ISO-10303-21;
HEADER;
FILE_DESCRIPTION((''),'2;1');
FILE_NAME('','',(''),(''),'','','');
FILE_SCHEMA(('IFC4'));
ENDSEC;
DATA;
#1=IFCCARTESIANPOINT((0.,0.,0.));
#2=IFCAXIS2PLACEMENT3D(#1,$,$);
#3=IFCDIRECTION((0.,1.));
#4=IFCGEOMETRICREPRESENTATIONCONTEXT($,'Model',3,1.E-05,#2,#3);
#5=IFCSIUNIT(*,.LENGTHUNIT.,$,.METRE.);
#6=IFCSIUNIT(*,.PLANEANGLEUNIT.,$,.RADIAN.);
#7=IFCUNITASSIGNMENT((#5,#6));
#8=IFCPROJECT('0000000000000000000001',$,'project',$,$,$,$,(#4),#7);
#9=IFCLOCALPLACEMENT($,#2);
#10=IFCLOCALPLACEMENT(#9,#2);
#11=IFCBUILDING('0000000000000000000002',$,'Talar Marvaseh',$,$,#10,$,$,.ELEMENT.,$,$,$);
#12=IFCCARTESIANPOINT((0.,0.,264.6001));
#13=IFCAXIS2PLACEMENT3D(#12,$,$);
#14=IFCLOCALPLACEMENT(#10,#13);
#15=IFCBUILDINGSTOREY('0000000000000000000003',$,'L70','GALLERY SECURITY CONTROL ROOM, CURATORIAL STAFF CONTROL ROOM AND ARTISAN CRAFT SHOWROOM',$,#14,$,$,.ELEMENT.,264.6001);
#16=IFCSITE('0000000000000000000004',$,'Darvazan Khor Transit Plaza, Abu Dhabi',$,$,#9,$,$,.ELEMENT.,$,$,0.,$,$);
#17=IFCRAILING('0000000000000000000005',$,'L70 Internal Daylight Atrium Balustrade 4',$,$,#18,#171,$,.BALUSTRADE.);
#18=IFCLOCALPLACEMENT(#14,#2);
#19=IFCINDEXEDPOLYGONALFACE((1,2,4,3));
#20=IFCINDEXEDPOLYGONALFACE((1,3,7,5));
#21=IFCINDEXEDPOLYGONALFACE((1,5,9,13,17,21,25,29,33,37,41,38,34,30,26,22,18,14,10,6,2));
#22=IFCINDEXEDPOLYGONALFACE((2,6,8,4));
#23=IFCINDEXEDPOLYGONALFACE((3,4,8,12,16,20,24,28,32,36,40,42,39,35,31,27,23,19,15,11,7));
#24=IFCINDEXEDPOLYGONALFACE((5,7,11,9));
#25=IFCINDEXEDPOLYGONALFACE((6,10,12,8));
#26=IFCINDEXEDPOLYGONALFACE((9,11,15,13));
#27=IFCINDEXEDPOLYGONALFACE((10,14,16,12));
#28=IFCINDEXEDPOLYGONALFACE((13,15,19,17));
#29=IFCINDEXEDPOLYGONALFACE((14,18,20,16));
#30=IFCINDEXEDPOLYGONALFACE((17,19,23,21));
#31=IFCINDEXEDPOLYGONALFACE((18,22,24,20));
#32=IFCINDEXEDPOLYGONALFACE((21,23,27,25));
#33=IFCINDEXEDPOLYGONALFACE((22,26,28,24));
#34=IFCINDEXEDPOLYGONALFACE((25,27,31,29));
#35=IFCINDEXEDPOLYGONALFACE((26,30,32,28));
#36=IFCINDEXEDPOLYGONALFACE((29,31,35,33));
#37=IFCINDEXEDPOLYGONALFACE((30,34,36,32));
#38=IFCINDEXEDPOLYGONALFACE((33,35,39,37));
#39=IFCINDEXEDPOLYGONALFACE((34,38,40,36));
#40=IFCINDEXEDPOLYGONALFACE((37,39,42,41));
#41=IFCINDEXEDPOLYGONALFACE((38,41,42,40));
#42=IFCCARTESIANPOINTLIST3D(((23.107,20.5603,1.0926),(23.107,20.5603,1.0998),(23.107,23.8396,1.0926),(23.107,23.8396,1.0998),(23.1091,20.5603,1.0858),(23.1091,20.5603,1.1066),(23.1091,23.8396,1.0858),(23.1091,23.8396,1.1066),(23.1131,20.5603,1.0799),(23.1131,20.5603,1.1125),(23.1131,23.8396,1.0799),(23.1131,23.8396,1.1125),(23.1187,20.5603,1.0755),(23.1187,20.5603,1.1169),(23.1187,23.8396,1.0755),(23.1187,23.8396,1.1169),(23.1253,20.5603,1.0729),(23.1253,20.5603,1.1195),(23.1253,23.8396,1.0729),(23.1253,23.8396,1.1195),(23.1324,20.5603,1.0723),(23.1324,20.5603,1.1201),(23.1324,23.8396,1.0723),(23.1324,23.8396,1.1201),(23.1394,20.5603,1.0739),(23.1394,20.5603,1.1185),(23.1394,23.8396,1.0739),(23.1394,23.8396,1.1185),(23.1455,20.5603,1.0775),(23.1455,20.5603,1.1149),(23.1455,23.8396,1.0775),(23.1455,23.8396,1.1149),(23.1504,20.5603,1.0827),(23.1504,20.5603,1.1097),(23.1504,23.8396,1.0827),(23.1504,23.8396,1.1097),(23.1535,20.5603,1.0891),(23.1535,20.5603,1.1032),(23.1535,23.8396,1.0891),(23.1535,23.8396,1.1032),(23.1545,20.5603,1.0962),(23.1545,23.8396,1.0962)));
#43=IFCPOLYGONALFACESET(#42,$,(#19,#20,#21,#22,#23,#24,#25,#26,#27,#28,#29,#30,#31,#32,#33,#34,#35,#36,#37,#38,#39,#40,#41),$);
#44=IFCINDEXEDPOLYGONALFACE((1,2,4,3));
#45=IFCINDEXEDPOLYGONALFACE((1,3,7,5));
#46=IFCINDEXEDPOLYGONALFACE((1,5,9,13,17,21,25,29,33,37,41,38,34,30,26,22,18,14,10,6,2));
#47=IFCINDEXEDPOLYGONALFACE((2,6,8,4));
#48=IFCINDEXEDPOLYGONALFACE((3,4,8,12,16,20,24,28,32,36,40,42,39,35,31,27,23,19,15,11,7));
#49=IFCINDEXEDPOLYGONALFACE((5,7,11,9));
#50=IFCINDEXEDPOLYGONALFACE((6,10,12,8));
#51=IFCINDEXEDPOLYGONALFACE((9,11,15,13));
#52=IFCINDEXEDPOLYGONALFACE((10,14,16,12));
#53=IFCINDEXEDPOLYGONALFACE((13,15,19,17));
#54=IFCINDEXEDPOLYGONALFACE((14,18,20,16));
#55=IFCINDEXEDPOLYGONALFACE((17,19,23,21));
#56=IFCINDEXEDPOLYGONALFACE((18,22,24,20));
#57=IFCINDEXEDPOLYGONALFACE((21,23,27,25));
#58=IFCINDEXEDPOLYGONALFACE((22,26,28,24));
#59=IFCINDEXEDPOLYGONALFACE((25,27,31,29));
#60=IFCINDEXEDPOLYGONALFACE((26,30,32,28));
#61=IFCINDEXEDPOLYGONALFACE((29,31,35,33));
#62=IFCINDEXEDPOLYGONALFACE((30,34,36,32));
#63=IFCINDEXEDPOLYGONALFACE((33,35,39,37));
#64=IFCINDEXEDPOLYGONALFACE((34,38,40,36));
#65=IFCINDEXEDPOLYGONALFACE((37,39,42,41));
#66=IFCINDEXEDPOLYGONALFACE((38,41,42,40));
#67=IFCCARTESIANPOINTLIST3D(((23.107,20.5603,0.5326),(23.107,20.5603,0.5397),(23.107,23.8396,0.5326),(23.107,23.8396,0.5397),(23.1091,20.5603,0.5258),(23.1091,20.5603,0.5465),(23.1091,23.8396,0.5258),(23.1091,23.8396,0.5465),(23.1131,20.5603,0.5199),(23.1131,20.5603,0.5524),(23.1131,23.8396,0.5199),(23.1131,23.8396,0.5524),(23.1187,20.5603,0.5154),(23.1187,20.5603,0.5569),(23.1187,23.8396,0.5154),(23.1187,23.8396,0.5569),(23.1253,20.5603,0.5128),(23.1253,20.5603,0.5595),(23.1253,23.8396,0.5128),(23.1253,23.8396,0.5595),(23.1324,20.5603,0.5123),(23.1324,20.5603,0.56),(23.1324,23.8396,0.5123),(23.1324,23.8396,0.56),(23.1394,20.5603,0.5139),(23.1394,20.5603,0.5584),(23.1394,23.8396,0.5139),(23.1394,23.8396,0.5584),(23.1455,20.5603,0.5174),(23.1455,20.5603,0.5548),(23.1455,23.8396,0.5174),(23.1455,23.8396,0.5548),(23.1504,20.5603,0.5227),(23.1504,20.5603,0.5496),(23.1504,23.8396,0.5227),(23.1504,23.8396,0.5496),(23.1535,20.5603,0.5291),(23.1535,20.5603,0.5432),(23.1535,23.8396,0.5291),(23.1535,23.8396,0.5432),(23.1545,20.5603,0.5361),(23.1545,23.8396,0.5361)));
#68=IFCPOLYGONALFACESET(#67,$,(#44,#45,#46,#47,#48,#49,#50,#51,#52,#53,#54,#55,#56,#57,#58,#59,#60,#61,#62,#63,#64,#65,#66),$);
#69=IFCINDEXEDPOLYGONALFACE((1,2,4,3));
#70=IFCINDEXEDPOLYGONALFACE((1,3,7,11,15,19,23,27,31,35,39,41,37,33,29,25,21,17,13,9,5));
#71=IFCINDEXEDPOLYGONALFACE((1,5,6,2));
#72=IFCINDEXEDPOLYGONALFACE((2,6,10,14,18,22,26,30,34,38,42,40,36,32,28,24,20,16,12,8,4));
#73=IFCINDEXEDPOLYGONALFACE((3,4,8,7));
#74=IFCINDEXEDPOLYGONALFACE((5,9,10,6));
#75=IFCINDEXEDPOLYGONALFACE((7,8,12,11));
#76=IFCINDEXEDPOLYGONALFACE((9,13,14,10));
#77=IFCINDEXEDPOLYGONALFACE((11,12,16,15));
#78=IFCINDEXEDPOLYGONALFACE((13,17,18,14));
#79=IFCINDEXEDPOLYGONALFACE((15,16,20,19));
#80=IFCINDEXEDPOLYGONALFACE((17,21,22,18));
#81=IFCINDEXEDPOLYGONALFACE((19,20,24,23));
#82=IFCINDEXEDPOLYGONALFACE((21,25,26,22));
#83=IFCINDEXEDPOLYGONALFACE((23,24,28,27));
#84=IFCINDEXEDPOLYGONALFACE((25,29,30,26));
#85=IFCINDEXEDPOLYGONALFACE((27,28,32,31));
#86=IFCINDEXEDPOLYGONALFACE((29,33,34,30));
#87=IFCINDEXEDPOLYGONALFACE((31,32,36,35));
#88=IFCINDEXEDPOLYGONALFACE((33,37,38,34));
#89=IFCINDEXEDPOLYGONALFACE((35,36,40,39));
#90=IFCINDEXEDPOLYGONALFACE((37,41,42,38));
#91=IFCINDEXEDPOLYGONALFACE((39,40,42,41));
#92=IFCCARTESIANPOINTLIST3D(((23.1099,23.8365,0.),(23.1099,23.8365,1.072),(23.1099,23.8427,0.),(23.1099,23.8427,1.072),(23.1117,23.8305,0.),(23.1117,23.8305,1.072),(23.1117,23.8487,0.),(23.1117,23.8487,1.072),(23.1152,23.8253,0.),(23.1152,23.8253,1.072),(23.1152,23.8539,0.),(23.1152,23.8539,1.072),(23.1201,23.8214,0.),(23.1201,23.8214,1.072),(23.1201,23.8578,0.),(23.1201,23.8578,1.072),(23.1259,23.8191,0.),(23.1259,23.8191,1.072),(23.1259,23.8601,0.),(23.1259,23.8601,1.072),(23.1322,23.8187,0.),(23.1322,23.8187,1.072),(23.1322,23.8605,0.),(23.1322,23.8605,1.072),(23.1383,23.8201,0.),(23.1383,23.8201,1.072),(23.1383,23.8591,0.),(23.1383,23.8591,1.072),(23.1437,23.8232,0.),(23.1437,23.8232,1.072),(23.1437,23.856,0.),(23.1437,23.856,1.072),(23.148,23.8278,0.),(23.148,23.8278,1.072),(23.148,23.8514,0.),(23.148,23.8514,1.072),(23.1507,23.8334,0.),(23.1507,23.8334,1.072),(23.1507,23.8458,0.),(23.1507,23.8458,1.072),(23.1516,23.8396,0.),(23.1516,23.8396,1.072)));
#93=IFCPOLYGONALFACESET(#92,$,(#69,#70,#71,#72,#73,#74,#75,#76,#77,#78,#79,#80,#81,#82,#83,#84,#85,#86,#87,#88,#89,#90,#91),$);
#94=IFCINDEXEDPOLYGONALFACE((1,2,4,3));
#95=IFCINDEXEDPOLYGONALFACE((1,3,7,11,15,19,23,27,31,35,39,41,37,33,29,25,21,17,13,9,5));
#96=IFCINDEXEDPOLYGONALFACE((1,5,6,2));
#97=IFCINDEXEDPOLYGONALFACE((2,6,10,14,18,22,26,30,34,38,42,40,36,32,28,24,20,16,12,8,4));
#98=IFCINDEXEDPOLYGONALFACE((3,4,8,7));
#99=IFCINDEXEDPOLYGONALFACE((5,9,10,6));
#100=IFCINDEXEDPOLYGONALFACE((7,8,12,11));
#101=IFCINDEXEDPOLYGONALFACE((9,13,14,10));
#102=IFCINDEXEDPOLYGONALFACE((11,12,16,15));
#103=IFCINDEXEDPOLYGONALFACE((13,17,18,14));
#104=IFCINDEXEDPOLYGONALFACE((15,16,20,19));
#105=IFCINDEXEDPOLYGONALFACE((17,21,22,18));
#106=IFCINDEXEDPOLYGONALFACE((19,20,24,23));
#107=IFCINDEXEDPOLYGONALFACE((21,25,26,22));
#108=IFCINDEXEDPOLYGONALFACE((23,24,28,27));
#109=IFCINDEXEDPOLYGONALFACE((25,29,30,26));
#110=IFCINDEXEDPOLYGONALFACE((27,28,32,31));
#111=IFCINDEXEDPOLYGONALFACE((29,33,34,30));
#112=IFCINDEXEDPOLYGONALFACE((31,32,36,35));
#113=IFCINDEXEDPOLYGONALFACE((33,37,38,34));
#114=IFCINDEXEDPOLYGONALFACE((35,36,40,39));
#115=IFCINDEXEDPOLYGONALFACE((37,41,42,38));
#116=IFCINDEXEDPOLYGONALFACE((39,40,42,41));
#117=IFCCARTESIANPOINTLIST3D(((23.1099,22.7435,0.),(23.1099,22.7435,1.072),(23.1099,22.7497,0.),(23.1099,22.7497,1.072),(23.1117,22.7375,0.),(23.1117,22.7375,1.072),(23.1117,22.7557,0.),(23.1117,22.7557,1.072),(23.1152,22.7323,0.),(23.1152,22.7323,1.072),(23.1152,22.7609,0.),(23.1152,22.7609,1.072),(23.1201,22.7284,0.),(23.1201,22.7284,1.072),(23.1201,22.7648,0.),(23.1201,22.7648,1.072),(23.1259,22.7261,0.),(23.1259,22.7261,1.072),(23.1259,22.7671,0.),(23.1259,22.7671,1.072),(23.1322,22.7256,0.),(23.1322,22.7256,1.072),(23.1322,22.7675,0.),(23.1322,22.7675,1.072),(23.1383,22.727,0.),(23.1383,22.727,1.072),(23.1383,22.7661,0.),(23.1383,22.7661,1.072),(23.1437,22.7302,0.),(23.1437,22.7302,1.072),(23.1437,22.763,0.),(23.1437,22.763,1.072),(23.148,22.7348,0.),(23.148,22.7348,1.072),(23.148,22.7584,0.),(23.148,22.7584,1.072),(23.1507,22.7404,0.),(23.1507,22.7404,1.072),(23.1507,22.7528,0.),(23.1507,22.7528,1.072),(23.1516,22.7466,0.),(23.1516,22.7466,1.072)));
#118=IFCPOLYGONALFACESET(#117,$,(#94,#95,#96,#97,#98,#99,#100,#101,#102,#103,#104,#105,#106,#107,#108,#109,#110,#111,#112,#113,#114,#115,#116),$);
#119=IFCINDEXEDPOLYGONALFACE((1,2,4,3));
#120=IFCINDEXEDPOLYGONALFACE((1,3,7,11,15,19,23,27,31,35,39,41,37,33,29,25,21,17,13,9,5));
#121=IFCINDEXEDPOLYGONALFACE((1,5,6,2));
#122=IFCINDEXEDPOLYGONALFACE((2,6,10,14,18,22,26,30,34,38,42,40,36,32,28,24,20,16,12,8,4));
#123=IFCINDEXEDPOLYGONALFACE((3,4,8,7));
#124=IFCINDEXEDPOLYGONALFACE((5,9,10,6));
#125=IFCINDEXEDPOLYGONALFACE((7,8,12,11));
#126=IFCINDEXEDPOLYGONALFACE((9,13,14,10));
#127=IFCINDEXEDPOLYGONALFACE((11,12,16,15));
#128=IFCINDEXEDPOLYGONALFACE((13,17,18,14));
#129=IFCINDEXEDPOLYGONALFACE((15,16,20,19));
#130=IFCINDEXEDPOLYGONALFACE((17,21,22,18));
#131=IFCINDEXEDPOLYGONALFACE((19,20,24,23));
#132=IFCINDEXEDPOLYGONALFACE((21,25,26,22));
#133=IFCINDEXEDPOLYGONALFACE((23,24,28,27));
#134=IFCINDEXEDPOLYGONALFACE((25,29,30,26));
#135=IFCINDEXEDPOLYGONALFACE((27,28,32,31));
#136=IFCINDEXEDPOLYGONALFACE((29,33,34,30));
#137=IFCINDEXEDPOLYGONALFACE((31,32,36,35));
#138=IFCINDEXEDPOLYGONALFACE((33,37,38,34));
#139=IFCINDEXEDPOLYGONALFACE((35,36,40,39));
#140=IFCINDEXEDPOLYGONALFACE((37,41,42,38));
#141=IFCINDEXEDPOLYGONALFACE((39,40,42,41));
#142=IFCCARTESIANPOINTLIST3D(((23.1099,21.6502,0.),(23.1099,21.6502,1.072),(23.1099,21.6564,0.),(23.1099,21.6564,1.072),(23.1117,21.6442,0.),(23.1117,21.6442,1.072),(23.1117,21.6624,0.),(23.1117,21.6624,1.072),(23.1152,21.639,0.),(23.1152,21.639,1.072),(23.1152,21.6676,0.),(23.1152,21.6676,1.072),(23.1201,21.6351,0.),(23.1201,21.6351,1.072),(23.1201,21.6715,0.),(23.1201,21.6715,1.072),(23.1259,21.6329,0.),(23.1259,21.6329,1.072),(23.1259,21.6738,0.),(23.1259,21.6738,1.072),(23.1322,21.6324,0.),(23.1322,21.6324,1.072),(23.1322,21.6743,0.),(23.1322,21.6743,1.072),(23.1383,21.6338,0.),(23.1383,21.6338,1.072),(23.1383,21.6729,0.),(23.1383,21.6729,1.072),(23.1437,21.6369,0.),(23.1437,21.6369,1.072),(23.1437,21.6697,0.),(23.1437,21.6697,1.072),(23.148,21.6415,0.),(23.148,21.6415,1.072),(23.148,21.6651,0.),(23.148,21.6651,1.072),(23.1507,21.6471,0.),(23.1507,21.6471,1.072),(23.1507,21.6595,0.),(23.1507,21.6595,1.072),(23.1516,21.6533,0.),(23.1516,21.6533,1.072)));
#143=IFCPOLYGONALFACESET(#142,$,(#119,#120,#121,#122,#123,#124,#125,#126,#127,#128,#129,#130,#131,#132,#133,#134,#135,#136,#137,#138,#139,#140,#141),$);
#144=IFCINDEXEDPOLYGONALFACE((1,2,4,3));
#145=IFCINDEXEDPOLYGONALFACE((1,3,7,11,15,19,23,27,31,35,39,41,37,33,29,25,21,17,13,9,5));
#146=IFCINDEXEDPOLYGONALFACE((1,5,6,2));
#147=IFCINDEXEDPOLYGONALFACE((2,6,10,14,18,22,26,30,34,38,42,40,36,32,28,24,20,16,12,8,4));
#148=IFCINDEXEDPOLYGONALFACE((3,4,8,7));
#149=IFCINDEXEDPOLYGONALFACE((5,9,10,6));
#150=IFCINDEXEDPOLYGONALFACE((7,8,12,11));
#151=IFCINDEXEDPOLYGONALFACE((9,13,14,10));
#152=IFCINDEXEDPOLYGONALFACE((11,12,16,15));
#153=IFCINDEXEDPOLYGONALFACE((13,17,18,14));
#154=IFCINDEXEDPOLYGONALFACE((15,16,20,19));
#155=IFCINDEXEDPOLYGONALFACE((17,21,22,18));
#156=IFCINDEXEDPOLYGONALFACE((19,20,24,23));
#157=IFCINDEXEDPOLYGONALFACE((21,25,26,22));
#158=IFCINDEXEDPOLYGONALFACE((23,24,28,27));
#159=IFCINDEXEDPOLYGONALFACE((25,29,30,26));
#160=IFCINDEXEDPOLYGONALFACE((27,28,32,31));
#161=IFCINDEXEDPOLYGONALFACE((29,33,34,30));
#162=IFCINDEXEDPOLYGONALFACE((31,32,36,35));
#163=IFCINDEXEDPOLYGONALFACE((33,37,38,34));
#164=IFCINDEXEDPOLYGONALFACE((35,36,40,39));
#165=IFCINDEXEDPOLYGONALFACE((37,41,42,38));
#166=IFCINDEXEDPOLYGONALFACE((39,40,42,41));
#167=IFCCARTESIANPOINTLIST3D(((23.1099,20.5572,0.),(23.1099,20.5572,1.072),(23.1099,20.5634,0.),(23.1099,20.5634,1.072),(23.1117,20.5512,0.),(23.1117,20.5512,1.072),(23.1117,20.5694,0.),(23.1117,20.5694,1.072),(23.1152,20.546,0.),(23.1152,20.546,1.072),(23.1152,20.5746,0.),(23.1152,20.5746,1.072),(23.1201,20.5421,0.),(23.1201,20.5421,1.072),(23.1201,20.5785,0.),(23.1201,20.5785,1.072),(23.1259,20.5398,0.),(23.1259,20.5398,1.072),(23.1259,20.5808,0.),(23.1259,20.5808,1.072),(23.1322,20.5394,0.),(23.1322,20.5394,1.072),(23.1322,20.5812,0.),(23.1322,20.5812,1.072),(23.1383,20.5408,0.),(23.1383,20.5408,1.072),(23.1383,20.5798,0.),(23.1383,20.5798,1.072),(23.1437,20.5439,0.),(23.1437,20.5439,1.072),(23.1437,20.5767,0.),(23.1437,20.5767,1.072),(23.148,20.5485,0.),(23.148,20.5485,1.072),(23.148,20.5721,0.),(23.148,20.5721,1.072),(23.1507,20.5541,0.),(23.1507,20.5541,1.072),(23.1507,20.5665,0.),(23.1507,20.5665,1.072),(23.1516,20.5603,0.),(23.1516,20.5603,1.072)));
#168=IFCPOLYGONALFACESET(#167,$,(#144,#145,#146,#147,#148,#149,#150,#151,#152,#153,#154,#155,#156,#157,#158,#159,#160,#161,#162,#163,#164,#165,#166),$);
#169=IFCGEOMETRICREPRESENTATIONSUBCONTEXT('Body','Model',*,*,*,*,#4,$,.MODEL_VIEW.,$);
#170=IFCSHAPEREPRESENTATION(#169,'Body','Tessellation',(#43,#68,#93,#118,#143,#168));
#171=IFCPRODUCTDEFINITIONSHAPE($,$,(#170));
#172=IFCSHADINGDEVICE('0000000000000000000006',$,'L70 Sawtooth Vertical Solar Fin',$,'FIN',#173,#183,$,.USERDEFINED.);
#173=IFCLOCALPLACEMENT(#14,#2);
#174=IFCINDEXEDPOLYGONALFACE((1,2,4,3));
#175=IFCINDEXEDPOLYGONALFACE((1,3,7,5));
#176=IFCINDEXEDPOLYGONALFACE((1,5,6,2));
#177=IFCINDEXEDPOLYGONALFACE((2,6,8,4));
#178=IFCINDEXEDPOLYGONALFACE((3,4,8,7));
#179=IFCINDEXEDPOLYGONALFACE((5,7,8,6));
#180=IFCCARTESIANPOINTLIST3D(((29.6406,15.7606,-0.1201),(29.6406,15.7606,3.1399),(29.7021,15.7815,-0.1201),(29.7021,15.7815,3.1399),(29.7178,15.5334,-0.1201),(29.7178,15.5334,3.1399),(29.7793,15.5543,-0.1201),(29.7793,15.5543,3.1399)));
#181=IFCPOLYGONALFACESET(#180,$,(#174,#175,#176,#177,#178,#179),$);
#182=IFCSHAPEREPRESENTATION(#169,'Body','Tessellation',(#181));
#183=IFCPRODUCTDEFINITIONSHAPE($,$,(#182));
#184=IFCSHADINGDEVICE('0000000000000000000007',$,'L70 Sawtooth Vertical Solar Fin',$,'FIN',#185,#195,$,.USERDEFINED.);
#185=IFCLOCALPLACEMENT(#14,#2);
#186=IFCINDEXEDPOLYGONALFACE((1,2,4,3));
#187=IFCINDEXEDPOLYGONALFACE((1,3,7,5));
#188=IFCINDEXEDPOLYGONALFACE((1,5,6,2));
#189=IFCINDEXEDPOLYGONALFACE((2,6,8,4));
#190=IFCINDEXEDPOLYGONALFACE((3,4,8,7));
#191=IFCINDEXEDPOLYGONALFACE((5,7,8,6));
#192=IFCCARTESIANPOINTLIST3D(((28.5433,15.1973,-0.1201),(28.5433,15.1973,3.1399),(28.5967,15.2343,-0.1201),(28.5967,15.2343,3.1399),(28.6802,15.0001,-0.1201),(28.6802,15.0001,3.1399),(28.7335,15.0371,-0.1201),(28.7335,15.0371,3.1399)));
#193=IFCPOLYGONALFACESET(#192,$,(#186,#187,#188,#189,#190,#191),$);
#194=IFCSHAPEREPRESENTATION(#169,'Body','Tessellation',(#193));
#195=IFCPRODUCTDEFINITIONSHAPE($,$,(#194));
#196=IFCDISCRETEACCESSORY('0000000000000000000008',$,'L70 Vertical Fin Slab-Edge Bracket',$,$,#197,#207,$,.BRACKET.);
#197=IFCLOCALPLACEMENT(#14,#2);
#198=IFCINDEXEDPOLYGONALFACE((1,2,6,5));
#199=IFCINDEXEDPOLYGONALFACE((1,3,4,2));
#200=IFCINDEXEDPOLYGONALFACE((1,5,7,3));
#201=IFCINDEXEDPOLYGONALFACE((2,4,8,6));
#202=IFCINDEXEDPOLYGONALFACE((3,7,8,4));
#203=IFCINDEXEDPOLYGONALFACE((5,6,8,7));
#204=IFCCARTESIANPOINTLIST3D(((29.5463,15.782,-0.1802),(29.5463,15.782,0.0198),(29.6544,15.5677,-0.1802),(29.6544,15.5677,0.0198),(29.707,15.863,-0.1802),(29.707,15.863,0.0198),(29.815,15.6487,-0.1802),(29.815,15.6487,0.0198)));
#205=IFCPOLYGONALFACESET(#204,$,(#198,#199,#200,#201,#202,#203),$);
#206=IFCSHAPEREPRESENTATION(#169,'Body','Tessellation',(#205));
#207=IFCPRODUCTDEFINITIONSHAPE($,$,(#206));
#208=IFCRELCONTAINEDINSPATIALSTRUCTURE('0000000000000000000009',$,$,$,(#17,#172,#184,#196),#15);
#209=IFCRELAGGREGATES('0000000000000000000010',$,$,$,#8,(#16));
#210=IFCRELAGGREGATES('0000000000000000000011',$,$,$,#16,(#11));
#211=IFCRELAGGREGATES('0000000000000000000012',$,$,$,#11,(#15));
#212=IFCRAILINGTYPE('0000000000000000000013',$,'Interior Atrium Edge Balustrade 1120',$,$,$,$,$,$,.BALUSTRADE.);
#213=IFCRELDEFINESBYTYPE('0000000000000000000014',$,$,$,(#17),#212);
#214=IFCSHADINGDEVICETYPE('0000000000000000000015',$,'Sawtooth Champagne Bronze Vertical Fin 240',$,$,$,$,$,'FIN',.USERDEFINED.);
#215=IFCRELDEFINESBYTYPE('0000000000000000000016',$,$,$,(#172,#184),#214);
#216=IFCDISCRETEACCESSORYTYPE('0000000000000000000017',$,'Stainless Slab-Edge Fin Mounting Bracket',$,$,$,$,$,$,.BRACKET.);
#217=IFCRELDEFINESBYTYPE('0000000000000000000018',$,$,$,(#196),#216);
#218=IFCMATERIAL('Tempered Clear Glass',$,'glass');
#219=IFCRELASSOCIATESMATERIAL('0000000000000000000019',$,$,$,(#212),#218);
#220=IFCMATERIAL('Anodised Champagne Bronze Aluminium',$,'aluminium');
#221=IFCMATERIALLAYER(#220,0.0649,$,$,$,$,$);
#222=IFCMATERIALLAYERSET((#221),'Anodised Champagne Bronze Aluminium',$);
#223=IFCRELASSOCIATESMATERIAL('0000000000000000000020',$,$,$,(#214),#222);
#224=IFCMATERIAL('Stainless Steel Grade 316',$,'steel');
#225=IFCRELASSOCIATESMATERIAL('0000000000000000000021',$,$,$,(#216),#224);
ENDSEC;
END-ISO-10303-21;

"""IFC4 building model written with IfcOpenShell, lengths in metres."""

from ifc_helpers import new_model, si_unit, direction, frame, origin, origin_2d, place, context, subcontext, project, spatial, rectangle, circle, extrude, source, transform, mapped, material, layer, layer_set, type_object, type_shapes, element, save


model = new_model("IFC4")

# Units and contexts
model_context = context("Model", 3, precision=1e-05, world=origin(), true_north=direction((0.0, 1.0)))
body_context = subcontext(model_context, "Body", "Model", "MODEL_VIEW")
ifc_project = project(units=[si_unit("LENGTHUNIT", "METRE"), si_unit("PLANEANGLEUNIT", "RADIAN")], contexts=[model_context])

# Site, building, storey
site_placement = place(None, origin())
site = spatial("IfcSite", under=ifc_project, at=site_placement, Name="Darvazan Khor Transit Plaza, Abu Dhabi", CompositionType="ELEMENT", RefElevation=0.0)
building_placement = place(site_placement, origin())
building = spatial("IfcBuilding", under=site, at=building_placement, Name="Talar Marvaseh", CompositionType="ELEMENT")
storey_placement = place(building_placement, frame((0.0, 0.0, 264.6001)))
storey = spatial("IfcBuildingStorey", under=building, at=storey_placement, Name="L70", Description="GALLERY SECURITY CONTROL ROOM, CURATORIAL STAFF CONTROL ROOM AND ARTISAN CRAFT SHOWROOM", CompositionType="ELEMENT", Elevation=264.6001)

# Railing
ifc_material_1 = material(Name="Tempered Clear Glass", Category="glass")
railing_type = type_object("IfcRailingType", Name="Interior Atrium Edge Balustrade 1120", PredefinedType="BALUSTRADE", material=ifc_material_1)
railing_1_placement = place(storey_placement, frame((23.1306, 23.8396, 0.0)))
element("IfcRailing", 1, at=railing_1_placement, inside=storey, type_object=railing_type, Name="L70 Internal Daylight Atrium Balustrade 4", PredefinedType="BALUSTRADE", context=body_context, shape_type="SweptSolid", body=[
    extrude(circle(Radius=0.0239, at=origin_2d()), frame((0.0, 0.0, 1.0962), z_axis=(0.0, -1.0, 0.0), x_axis=(1.0, 0.0, 0.0)), (0.0, 0.0, 1.0), 3.2793),
    extrude(circle(Radius=0.0239, at=origin_2d()), frame((0.0, 0.0, 0.5361), z_axis=(0.0, -1.0, 0.0), x_axis=(1.0, 0.0, 0.0)), (0.0, 0.0, 1.0), 3.2793),
    extrude(circle(Radius=0.021, at=origin_2d()), origin(), (0.0, 0.0, 1.0), 1.072),
    extrude(circle(Radius=0.021, at=origin_2d()), frame((0.0, -1.093, 0.0)), (0.0, 0.0, 1.0), 1.072),
    extrude(circle(Radius=0.021, at=origin_2d()), frame((0.0, -2.1863, 0.0)), (0.0, 0.0, 1.0), 1.072),
    extrude(circle(Radius=0.021, at=origin_2d()), frame((0.0, -3.2793, 0.0)), (0.0, 0.0, 1.0), 1.072),
])

# Shading devices
ifc_material_2 = material(Name="Anodised Champagne Bronze Aluminium", Category="aluminium")
ifc_layer_1 = layer(ifc_material_2, 0.0649)
ifc_layer_set_1 = layer_set([ifc_layer_1], Name="Anodised Champagne Bronze Aluminium")
shading_device_type = type_object("IfcShadingDeviceType", Name="Sawtooth Champagne Bronze Vertical Fin 240", ElementType="FIN", PredefinedType="USERDEFINED", material=ifc_layer_set_1)
shared_shape_1 = source(origin(), body_context, "Body", "SweptSolid", [
    extrude(rectangle(XDim=0.24, YDim=0.0649, at=origin_2d()), origin(), (0.0, 0.0, 1.0), 3.26),
])
type_shapes(shading_device_type, [shared_shape_1])
for number, where, z_axis, x_axis, name in (
    (2, (29.71, 15.6575, -0.1201), (0.0, 0.0, 1.0), (0.321605, -0.946874, 0.0), "L70 Sawtooth Vertical Solar Fin"),
    (3, (28.6384, 15.1172, -0.1201), (0.0, 0.0, 1.0), (0.57014, -0.821547, 0.0), "L70 Sawtooth Vertical Solar Fin"),
):
    element("IfcShadingDevice", number, at=place(storey_placement, frame(where, z_axis=z_axis, x_axis=x_axis)), inside=storey, type_object=shading_device_type, Name=name, ObjectType="FIN", PredefinedType="USERDEFINED", context=body_context, shape_type="MappedRepresentation", body=[
        mapped(shared_shape_1, transform((0.0, 0.0, 0.0), x_axis=(1.0, 0.0, 0.0), y_axis=(0.0, 1.0, 0.0), z_axis=(0.0, 0.0, 1.0), scale=1.0)),
    ])

# Discrete accessory
ifc_material_3 = material(Name="Stainless Steel Grade 316", Category="steel")
discrete_accessory_type = type_object("IfcDiscreteAccessoryType", Name="Stainless Slab-Edge Fin Mounting Bracket", PredefinedType="BRACKET", material=ifc_material_3)
shared_shape_2 = source(origin(), body_context, "Body", "SweptSolid", [
    extrude(rectangle(XDim=0.24, YDim=0.1799, at=origin_2d()), origin(), (0.0, 0.0, 1.0), 0.2),
])
type_shapes(discrete_accessory_type, [shared_shape_2])
for number, where, z_axis, x_axis, name in (
    (4, (29.6807, 15.7153, -0.1802), (0.0, 0.0, 1.0), (0.450254, -0.8929, 0.0), "L70 Vertical Fin Slab-Edge Bracket"),
):
    element("IfcDiscreteAccessory", number, at=place(storey_placement, frame(where, z_axis=z_axis, x_axis=x_axis)), inside=storey, type_object=discrete_accessory_type, Name=name, PredefinedType="BRACKET", context=body_context, shape_type="MappedRepresentation", body=[
        mapped(shared_shape_2, transform((0.0, 0.0, 0.0), x_axis=(1.0, 0.0, 0.0), y_axis=(0.0, 1.0, 0.0), z_axis=(0.0, 0.0, 1.0), scale=1.0)),
    ])

save(model, "model.ifc")
